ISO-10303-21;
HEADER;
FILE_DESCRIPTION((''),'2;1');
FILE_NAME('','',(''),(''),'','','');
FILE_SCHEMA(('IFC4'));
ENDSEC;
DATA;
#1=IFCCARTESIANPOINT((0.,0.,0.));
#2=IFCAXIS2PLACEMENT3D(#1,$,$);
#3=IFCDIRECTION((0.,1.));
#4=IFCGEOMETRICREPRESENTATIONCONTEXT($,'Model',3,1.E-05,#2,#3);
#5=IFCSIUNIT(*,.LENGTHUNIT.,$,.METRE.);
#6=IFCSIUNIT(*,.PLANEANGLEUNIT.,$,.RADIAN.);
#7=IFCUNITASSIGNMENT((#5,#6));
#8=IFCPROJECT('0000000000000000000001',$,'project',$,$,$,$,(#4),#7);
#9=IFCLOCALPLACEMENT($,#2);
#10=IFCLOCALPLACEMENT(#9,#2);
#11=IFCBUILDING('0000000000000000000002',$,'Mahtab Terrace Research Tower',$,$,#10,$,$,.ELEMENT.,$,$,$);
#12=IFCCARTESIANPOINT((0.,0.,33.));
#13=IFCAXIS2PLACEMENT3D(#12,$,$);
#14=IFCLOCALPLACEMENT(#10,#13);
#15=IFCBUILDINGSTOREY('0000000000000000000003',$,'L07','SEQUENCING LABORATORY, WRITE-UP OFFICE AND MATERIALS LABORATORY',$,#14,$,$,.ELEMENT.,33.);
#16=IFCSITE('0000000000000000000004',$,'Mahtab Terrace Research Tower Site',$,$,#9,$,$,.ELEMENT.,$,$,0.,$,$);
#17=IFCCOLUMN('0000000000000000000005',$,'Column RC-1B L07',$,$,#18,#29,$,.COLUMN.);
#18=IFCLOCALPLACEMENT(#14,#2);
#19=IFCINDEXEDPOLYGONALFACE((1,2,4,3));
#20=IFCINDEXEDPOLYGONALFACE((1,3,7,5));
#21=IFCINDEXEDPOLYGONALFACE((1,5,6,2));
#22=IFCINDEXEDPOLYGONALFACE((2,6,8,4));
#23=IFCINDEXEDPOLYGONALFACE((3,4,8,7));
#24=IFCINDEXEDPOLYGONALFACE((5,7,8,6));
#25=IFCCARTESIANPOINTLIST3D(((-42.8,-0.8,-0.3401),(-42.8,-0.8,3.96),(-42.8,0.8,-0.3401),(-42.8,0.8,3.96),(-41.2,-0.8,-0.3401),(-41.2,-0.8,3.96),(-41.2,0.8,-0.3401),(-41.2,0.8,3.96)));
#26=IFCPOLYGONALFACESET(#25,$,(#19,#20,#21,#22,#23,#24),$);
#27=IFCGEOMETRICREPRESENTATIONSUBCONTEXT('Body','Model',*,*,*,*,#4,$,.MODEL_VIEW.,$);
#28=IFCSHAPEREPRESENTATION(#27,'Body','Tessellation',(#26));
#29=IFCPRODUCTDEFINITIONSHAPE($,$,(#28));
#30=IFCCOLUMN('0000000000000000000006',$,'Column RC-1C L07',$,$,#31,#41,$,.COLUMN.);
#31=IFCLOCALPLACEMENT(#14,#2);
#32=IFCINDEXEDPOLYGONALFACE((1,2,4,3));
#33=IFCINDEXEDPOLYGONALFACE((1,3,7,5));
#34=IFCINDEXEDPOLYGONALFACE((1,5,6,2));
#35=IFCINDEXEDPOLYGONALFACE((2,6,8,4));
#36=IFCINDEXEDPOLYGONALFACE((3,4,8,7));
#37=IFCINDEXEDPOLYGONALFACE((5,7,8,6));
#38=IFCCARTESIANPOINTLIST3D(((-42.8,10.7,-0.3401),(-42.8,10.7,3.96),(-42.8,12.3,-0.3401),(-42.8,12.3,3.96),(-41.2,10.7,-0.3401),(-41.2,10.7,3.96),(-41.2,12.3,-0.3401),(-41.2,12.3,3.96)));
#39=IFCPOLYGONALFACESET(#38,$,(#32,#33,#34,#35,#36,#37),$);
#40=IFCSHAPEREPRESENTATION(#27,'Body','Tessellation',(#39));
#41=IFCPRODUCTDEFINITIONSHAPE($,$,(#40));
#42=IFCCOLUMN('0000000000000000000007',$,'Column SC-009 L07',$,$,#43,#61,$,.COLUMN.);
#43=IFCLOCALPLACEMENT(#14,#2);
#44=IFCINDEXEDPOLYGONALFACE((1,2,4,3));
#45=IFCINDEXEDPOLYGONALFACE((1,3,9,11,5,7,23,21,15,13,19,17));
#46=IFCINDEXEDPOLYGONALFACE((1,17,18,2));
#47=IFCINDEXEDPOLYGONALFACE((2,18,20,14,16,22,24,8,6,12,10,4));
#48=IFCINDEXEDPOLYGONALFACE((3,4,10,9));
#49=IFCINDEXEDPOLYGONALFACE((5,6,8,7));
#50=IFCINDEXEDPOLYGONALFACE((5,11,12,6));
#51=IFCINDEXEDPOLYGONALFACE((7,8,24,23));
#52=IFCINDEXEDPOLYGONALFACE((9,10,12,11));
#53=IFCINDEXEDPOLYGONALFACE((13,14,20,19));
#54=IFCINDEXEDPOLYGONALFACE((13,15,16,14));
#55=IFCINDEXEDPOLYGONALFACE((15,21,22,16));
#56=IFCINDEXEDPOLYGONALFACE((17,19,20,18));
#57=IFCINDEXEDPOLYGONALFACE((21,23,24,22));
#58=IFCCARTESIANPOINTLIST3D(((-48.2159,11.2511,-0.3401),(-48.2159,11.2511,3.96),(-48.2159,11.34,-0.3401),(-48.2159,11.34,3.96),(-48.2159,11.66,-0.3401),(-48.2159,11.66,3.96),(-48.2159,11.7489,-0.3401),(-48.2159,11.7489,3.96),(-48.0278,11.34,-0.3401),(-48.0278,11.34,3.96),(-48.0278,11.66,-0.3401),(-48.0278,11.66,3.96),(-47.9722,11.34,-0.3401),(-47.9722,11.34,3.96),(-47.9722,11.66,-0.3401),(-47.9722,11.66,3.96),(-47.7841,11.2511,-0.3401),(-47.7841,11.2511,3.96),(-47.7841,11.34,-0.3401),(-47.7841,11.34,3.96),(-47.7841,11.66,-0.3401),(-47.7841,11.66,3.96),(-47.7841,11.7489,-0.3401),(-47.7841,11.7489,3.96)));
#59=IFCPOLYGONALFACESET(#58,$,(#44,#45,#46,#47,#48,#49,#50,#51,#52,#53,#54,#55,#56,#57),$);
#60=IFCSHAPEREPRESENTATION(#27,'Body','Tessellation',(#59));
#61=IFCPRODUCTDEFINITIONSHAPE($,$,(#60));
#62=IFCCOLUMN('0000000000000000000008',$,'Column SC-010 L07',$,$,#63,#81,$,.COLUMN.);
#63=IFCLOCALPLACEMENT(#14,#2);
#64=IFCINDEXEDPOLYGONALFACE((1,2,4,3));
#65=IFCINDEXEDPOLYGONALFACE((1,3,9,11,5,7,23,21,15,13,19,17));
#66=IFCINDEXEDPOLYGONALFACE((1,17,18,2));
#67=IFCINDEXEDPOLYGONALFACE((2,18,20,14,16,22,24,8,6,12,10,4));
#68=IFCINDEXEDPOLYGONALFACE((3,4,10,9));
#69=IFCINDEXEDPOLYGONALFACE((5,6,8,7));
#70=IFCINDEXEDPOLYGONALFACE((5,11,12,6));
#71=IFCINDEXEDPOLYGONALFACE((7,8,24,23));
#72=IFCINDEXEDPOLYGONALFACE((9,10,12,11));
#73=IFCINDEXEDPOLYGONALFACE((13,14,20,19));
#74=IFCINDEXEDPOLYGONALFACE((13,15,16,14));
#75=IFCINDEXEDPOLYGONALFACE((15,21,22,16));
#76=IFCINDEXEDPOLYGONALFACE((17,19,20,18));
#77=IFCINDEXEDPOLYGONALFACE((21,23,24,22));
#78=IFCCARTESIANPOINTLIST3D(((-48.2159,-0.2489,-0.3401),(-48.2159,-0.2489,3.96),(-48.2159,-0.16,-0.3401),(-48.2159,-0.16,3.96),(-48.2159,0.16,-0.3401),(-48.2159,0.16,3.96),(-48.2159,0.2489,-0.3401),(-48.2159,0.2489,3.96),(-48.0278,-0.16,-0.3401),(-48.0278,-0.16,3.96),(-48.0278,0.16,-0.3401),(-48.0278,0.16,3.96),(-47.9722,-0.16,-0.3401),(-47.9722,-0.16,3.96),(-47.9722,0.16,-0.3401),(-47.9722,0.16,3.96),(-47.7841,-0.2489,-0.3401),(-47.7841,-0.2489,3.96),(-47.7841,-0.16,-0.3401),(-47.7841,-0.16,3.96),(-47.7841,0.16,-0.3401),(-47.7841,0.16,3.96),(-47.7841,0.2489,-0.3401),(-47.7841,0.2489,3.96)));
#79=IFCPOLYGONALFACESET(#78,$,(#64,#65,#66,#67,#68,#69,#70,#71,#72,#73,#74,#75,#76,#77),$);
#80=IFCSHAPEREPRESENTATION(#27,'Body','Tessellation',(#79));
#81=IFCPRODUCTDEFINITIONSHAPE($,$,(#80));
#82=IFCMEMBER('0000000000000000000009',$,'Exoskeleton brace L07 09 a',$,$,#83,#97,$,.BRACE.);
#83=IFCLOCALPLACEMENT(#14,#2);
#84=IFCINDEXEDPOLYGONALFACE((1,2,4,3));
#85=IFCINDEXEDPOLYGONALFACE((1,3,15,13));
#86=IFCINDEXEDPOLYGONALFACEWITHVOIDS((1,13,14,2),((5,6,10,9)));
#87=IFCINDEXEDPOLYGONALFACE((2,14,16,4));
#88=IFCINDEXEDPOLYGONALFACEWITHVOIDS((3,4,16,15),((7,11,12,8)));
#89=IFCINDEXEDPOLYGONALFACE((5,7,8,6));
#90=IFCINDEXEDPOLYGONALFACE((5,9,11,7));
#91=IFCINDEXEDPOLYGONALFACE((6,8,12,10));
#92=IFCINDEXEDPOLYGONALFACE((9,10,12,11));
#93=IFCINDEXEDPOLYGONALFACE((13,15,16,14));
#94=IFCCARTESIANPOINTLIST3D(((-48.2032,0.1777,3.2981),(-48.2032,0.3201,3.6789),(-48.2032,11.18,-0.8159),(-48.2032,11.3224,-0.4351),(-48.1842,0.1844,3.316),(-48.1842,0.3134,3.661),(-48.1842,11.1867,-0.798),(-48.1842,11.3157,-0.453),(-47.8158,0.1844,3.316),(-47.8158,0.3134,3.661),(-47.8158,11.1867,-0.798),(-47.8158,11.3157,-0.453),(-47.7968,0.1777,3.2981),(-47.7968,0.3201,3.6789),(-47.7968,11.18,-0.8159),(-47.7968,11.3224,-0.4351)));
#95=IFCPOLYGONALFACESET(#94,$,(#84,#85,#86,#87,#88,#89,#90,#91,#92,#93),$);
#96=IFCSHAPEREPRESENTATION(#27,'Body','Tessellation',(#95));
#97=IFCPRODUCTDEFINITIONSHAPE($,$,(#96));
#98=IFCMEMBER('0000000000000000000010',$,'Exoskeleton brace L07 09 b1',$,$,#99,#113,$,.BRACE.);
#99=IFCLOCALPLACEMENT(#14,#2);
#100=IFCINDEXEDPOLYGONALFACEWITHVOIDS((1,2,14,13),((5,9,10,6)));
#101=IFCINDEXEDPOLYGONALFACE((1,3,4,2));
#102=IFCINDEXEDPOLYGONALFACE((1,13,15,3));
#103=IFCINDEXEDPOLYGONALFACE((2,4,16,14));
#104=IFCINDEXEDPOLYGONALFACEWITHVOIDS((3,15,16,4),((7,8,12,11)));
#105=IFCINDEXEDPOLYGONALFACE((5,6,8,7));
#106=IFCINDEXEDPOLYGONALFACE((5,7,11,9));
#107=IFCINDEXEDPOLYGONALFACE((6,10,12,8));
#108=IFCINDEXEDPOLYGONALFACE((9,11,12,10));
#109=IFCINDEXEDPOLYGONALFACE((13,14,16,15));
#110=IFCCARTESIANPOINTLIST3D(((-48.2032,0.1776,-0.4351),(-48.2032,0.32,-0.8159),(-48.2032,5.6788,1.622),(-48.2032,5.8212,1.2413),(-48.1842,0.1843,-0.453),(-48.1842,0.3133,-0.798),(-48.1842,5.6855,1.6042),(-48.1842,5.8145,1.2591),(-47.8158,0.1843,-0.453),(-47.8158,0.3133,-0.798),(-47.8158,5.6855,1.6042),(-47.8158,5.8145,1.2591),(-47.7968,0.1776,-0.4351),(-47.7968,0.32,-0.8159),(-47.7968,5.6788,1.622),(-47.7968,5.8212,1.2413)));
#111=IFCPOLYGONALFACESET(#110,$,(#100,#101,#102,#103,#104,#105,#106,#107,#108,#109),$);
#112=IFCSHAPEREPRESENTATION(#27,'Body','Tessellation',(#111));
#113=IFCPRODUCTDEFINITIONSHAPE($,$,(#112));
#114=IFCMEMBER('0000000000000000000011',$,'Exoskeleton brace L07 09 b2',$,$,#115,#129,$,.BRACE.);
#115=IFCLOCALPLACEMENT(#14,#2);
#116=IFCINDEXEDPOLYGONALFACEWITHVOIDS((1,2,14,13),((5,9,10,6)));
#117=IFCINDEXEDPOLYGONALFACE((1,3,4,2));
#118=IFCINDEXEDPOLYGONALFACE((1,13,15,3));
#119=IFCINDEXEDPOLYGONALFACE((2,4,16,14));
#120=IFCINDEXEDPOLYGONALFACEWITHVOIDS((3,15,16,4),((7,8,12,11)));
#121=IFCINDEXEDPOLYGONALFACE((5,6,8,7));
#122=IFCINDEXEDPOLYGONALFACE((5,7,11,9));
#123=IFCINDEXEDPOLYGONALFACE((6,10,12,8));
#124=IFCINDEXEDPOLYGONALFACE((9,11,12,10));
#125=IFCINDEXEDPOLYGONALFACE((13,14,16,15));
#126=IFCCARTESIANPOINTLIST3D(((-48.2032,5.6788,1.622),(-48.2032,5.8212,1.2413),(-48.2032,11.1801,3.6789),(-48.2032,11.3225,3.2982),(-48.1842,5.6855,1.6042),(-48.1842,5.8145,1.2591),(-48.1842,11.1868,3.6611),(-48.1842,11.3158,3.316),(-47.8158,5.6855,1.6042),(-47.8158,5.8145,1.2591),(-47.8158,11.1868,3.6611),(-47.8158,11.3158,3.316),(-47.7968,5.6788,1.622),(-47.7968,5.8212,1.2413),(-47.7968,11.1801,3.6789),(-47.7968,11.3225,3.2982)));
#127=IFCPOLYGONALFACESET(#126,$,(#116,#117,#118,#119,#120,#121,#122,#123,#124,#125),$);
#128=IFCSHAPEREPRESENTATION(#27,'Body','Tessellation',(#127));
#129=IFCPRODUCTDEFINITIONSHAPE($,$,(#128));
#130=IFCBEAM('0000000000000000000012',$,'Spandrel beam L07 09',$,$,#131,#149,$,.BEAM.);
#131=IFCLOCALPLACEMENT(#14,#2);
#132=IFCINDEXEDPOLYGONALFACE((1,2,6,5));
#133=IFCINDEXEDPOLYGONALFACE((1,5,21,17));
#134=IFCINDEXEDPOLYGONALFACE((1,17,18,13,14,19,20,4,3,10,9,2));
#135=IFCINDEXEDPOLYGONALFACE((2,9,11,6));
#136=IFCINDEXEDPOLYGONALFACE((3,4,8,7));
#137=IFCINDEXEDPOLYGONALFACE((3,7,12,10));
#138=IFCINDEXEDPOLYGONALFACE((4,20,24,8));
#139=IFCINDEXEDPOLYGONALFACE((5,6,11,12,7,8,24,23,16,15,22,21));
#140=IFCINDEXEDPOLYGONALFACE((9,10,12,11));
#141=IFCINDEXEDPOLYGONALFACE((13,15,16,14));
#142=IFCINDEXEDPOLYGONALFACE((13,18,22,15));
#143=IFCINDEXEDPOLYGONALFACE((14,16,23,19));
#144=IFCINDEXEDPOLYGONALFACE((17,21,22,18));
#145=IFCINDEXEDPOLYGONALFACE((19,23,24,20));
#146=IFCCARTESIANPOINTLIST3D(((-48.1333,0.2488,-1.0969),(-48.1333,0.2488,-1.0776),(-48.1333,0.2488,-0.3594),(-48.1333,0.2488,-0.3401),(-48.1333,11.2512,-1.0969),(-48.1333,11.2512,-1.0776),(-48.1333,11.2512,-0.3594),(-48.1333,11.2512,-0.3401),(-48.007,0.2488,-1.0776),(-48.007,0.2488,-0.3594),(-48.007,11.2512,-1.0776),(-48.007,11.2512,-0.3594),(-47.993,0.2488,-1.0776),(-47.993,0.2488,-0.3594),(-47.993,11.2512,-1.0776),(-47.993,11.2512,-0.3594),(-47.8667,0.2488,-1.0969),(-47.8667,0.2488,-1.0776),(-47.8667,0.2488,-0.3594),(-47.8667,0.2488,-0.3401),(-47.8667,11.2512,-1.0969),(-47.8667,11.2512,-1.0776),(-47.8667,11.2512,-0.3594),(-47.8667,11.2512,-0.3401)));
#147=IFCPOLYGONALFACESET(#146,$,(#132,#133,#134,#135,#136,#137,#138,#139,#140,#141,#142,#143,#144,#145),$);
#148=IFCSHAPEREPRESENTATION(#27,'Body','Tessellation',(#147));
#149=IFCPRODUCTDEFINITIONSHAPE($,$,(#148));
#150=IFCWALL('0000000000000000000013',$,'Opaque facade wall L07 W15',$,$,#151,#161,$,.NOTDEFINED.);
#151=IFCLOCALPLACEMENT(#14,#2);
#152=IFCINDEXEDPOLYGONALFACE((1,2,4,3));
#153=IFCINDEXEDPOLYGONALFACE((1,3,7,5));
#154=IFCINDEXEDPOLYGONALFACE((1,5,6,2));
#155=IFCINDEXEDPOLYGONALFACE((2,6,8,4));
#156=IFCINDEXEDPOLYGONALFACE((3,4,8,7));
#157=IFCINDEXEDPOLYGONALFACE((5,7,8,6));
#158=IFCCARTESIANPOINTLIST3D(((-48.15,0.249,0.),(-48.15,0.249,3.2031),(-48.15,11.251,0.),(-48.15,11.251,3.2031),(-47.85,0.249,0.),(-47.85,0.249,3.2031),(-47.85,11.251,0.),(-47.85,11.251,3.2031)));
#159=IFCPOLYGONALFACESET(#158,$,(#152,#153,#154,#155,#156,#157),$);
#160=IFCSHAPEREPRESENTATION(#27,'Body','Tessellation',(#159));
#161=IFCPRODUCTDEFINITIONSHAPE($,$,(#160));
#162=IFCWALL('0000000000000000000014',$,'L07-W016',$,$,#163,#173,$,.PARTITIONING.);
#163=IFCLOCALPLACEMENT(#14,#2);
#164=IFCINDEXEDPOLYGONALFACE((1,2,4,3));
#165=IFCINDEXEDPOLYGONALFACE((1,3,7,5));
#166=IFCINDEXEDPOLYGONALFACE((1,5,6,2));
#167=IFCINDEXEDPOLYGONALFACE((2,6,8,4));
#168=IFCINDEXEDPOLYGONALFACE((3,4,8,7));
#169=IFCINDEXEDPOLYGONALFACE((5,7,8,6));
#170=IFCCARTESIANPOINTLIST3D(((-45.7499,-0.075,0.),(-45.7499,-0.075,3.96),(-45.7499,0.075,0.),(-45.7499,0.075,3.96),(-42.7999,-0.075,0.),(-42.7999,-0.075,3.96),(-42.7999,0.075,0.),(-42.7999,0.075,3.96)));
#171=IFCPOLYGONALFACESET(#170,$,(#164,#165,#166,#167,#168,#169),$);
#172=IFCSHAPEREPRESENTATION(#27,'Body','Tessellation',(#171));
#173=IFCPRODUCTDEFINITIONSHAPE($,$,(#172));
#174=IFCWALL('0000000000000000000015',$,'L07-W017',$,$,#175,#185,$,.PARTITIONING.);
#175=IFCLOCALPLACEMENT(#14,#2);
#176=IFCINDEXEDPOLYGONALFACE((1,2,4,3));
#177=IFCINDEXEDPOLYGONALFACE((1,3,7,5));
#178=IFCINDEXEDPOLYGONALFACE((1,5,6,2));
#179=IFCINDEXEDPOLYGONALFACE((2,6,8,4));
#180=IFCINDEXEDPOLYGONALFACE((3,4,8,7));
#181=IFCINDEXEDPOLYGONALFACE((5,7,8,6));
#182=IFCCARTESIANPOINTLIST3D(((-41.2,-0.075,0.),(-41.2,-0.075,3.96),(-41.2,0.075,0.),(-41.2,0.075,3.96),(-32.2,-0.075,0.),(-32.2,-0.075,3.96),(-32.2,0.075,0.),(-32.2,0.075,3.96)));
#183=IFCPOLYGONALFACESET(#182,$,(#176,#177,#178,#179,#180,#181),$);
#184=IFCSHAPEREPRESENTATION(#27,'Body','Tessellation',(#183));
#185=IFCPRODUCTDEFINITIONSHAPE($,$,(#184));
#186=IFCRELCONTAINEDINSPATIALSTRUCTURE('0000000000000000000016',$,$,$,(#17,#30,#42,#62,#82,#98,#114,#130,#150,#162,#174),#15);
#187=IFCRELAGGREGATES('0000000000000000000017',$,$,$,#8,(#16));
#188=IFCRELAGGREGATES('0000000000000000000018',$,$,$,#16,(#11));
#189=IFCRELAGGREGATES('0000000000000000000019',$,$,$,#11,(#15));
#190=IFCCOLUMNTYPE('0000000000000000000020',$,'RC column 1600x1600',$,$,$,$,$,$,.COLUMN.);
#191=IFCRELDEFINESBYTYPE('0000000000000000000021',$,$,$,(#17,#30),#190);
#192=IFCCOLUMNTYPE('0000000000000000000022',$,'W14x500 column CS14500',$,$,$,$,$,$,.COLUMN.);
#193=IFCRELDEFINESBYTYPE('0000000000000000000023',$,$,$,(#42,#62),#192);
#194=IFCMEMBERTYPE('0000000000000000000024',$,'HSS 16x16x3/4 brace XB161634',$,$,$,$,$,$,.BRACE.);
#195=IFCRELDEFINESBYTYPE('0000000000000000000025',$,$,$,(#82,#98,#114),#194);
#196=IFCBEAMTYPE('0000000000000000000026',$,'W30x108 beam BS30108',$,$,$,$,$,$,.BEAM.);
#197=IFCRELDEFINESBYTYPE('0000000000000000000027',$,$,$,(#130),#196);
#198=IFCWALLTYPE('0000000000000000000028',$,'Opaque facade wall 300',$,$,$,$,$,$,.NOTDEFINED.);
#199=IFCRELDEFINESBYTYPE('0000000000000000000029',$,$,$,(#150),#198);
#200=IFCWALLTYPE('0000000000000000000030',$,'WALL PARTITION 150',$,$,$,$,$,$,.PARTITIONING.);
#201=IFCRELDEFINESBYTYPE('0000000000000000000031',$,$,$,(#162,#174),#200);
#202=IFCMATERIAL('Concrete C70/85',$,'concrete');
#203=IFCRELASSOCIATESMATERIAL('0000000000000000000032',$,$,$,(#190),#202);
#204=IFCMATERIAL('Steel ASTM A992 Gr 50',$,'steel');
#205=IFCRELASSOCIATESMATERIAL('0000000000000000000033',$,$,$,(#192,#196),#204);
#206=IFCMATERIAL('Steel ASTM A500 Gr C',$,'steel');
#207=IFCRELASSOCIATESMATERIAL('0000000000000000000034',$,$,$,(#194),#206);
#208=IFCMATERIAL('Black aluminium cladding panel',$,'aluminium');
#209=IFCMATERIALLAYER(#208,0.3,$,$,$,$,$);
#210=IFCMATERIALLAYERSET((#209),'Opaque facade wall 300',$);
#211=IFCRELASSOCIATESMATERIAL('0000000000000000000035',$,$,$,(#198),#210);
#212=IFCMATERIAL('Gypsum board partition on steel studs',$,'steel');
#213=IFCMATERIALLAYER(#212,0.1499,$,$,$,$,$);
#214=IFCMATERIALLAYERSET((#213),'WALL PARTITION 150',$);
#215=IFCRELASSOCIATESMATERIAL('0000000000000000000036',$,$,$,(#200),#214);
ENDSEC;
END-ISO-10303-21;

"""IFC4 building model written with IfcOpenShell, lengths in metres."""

from ifc_helpers import new_model, si_unit, direction, frame, frame_2d, origin, origin_2d, place, context, subcontext, project, spatial, rectangle, hollow_rectangle, i_section, extrude, material, layer, layer_set, material_profile, profile_set, type_object, element, save


model = new_model("IFC4")

# Units and contexts
model_context = context("Model", 3, precision=1e-05, world=origin(), true_north=direction((0.0, 1.0)))
body_context = subcontext(model_context, "Body", "Model", "MODEL_VIEW")
ifc_project = project(units=[si_unit("LENGTHUNIT", "METRE"), si_unit("PLANEANGLEUNIT", "RADIAN")], contexts=[model_context])

# Site, building, storey
site_placement = place(None, origin())
site = spatial("IfcSite", under=ifc_project, at=site_placement, Name="Mahtab Terrace Research Tower Site", CompositionType="ELEMENT", RefElevation=0.0)
building_placement = place(site_placement, origin())
building = spatial("IfcBuilding", under=site, at=building_placement, Name="Mahtab Terrace Research Tower", CompositionType="ELEMENT")
storey_placement = place(building_placement, frame((0.0, 0.0, 33.0)))
storey = spatial("IfcBuildingStorey", under=building, at=storey_placement, Name="L07", Description="SEQUENCING LABORATORY, WRITE-UP OFFICE AND MATERIALS LABORATORY", CompositionType="ELEMENT", Elevation=33.0)

# Columns
ifc_material_1 = material(Name="Concrete C70/85", Category="concrete")
ifc_material_profile_1 = material_profile(ifc_material_1, rectangle(XDim=1.6001, YDim=1.6001, at=origin_2d()), Name="RC column 1600x1600")
ifc_profile_set_1 = profile_set([ifc_material_profile_1], Name="Concrete C70/85")
column_type_1 = type_object("IfcColumnType", Name="RC column 1600x1600", PredefinedType="COLUMN", material=ifc_profile_set_1)
for number, where, z_axis, x_axis, name in (
    (1, (-42.0, 0.0, -0.3401), (0.0, 0.0, 1.0), (1.0, 0.0, 0.0), "Column RC-1B L07"),
    (2, (-42.0, 11.5, -0.3401), (0.0, 0.0, 1.0), (1.0, 0.0, 0.0), "Column RC-1C L07"),
):
    element("IfcColumn", number, at=place(storey_placement, frame(where, z_axis=z_axis, x_axis=x_axis)), inside=storey, type_object=column_type_1, Name=name, PredefinedType="COLUMN", context=body_context, shape_type="SweptSolid", body=[
        extrude(rectangle(XDim=1.6001, YDim=1.6001, at=origin_2d()), origin(), (0.0, 0.0, 1.0), 4.3),
    ])
ifc_material_2 = material(Name="Steel ASTM A992 Gr 50", Category="steel")
ifc_material_profile_2 = material_profile(ifc_material_2, i_section(OverallWidth=0.4319, OverallDepth=0.4978, WebThickness=0.0557, FlangeThickness=0.0889, at=origin_2d()), Name="W14X500")
ifc_profile_set_2 = profile_set([ifc_material_profile_2], Name="Steel ASTM A992 Gr 50")
column_type_2 = type_object("IfcColumnType", Name="W14x500 column CS14500", PredefinedType="COLUMN", material=ifc_profile_set_2)
for number, where, z_axis, x_axis, name in (
    (3, (-48.0, 11.5, -0.3401), (0.0, 0.0, 1.0), (1.0, 0.0, 0.0), "Column SC-009 L07"),
    (4, (-48.0, 0.0, -0.3401), (0.0, 0.0, 1.0), (1.0, 0.0, 0.0), "Column SC-010 L07"),
):
    element("IfcColumn", number, at=place(storey_placement, frame(where, z_axis=z_axis, x_axis=x_axis)), inside=storey, type_object=column_type_2, Name=name, PredefinedType="COLUMN", context=body_context, shape_type="SweptSolid", body=[
        extrude(i_section(OverallWidth=0.4319, OverallDepth=0.4978, WebThickness=0.0557, FlangeThickness=0.0889, at=origin_2d()), origin(), (0.0, 0.0, 1.0), 4.3),
    ])

# Members
ifc_material_3 = material(Name="Steel ASTM A500 Gr C", Category="steel")
ifc_material_profile_3 = material_profile(ifc_material_3, hollow_rectangle(XDim=0.4065, YDim=0.4065, WallThickness=0.019, at=origin_2d()), Name="HSS16X16X3/4")
ifc_profile_set_3 = profile_set([ifc_material_profile_3], Name="Steel ASTM A500 Gr C")
member_type = type_object("IfcMemberType", Name="HSS 16x16x3/4 brace XB161634", PredefinedType="BRACE", material=ifc_profile_set_3)
member_placement = place(storey_placement, frame((-48.0, 11.2512, -0.6255), z_axis=(0.0, -0.936662, 0.350235), x_axis=(1.0, 0.0, 0.0)))
element("IfcMember", 5, at=member_placement, inside=storey, type_object=member_type, Name="Exoskeleton brace L07 09 a", PredefinedType="BRACE", context=body_context, shape_type="SweptSolid", body=[
    extrude(hollow_rectangle(XDim=0.4065, YDim=0.4065, WallThickness=0.019, at=origin_2d()), origin(), (0.0, 0.0, 1.0), 11.7463),
])
for number, where, z_axis, x_axis, name in (
    (6, (-48.0, 0.2488, -0.6255), (0.0, 0.936655, 0.350253), (-1.0, 0.0, 0.0), "Exoskeleton brace L07 09 b1"),
    (7, (-48.0, 5.75, 1.4316), (0.0, 0.936669, 0.350217), (-1.0, 0.0, 0.0), "Exoskeleton brace L07 09 b2"),
):
    element("IfcMember", number, at=place(storey_placement, frame(where, z_axis=z_axis, x_axis=x_axis)), inside=storey, type_object=member_type, Name=name, PredefinedType="BRACE", context=body_context, shape_type="SweptSolid", body=[
        extrude(hollow_rectangle(XDim=0.4065, YDim=0.4065, WallThickness=0.019, at=origin_2d()), origin(), (0.0, 0.0, 1.0), 5.8733),
    ])

# Beam
ifc_material_profile_4 = material_profile(ifc_material_2, i_section(OverallWidth=0.2666, OverallDepth=0.7568, WebThickness=0.0139, FlangeThickness=0.0193, at=origin_2d()), Name="W30X108")
ifc_profile_set_4 = profile_set([ifc_material_profile_4], Name="Steel ASTM A992 Gr 50")
beam_type = type_object("IfcBeamType", Name="W30x108 beam BS30108", PredefinedType="BEAM", material=ifc_profile_set_4)
beam_placement = place(storey_placement, frame((-48.0, 11.2512, -0.7185), z_axis=(0.0, -1.0, 0.0), x_axis=(1.0, 0.0, 0.0)))
element("IfcBeam", 8, at=beam_placement, inside=storey, type_object=beam_type, Name="Spandrel beam L07 09", PredefinedType="BEAM", context=body_context, shape_type="SweptSolid", body=[
    extrude(i_section(OverallWidth=0.2666, OverallDepth=0.7568, WebThickness=0.0139, FlangeThickness=0.0193, at=origin_2d()), origin(), (0.0, 0.0, 1.0), 11.0024),
])

# Walls
ifc_material_4 = material(Name="Black aluminium cladding panel", Category="aluminium")
ifc_layer_1 = layer(ifc_material_4, 0.3)
ifc_layer_set_1 = layer_set([ifc_layer_1], Name="Opaque facade wall 300")
wall_type_1 = type_object("IfcWallType", Name="Opaque facade wall 300", PredefinedType="NOTDEFINED", material=ifc_layer_set_1)
wall_1_placement = place(storey_placement, frame((-48.0, 11.251, 0.0), z_axis=(0.0, 0.0, 1.0), x_axis=(0.0, -1.0, 0.0)))
element("IfcWall", 9, at=wall_1_placement, inside=storey, type_object=wall_type_1, Name="Opaque facade wall L07 W15", PredefinedType="NOTDEFINED", context=body_context, shape_type="SweptSolid", body=[
    extrude(rectangle(XDim=11.002, YDim=0.3, at=frame_2d((5.501, 0.0))), origin(), (0.0, 0.0, 1.0), 3.2031),
])
ifc_material_5 = material(Name="Gypsum board partition on steel studs", Category="steel")
ifc_layer_2 = layer(ifc_material_5, 0.1499)
ifc_layer_set_2 = layer_set([ifc_layer_2], Name="WALL PARTITION 150")
wall_type_2 = type_object("IfcWallType", Name="WALL PARTITION 150", PredefinedType="PARTITIONING", material=ifc_layer_set_2)
wall_2_placement = place(storey_placement, frame((-45.75, 0.0, 0.0), z_axis=(0.0, 0.0, 1.0), x_axis=(1.0, 0.0, 0.0)))
element("IfcWall", 10, at=wall_2_placement, inside=storey, type_object=wall_type_2, Name="L07-W016", PredefinedType="PARTITIONING", context=body_context, shape_type="SweptSolid", body=[
    extrude(rectangle(XDim=2.95, YDim=0.1499, at=frame_2d((1.4751, 0.0))), origin(), (0.0, 0.0, 1.0), 3.96),
])
wall_3_placement = place(storey_placement, frame((-41.2, 0.0, 0.0), z_axis=(0.0, 0.0, 1.0), x_axis=(1.0, 0.0, 0.0)))
element("IfcWall", 11, at=wall_3_placement, inside=storey, type_object=wall_type_2, Name="L07-W017", PredefinedType="PARTITIONING", context=body_context, shape_type="SweptSolid", body=[
    extrude(rectangle(XDim=9.0, YDim=0.1499, at=frame_2d((4.5, 0.0))), origin(), (0.0, 0.0, 1.0), 3.96),
])

save(model, "model.ifc")
